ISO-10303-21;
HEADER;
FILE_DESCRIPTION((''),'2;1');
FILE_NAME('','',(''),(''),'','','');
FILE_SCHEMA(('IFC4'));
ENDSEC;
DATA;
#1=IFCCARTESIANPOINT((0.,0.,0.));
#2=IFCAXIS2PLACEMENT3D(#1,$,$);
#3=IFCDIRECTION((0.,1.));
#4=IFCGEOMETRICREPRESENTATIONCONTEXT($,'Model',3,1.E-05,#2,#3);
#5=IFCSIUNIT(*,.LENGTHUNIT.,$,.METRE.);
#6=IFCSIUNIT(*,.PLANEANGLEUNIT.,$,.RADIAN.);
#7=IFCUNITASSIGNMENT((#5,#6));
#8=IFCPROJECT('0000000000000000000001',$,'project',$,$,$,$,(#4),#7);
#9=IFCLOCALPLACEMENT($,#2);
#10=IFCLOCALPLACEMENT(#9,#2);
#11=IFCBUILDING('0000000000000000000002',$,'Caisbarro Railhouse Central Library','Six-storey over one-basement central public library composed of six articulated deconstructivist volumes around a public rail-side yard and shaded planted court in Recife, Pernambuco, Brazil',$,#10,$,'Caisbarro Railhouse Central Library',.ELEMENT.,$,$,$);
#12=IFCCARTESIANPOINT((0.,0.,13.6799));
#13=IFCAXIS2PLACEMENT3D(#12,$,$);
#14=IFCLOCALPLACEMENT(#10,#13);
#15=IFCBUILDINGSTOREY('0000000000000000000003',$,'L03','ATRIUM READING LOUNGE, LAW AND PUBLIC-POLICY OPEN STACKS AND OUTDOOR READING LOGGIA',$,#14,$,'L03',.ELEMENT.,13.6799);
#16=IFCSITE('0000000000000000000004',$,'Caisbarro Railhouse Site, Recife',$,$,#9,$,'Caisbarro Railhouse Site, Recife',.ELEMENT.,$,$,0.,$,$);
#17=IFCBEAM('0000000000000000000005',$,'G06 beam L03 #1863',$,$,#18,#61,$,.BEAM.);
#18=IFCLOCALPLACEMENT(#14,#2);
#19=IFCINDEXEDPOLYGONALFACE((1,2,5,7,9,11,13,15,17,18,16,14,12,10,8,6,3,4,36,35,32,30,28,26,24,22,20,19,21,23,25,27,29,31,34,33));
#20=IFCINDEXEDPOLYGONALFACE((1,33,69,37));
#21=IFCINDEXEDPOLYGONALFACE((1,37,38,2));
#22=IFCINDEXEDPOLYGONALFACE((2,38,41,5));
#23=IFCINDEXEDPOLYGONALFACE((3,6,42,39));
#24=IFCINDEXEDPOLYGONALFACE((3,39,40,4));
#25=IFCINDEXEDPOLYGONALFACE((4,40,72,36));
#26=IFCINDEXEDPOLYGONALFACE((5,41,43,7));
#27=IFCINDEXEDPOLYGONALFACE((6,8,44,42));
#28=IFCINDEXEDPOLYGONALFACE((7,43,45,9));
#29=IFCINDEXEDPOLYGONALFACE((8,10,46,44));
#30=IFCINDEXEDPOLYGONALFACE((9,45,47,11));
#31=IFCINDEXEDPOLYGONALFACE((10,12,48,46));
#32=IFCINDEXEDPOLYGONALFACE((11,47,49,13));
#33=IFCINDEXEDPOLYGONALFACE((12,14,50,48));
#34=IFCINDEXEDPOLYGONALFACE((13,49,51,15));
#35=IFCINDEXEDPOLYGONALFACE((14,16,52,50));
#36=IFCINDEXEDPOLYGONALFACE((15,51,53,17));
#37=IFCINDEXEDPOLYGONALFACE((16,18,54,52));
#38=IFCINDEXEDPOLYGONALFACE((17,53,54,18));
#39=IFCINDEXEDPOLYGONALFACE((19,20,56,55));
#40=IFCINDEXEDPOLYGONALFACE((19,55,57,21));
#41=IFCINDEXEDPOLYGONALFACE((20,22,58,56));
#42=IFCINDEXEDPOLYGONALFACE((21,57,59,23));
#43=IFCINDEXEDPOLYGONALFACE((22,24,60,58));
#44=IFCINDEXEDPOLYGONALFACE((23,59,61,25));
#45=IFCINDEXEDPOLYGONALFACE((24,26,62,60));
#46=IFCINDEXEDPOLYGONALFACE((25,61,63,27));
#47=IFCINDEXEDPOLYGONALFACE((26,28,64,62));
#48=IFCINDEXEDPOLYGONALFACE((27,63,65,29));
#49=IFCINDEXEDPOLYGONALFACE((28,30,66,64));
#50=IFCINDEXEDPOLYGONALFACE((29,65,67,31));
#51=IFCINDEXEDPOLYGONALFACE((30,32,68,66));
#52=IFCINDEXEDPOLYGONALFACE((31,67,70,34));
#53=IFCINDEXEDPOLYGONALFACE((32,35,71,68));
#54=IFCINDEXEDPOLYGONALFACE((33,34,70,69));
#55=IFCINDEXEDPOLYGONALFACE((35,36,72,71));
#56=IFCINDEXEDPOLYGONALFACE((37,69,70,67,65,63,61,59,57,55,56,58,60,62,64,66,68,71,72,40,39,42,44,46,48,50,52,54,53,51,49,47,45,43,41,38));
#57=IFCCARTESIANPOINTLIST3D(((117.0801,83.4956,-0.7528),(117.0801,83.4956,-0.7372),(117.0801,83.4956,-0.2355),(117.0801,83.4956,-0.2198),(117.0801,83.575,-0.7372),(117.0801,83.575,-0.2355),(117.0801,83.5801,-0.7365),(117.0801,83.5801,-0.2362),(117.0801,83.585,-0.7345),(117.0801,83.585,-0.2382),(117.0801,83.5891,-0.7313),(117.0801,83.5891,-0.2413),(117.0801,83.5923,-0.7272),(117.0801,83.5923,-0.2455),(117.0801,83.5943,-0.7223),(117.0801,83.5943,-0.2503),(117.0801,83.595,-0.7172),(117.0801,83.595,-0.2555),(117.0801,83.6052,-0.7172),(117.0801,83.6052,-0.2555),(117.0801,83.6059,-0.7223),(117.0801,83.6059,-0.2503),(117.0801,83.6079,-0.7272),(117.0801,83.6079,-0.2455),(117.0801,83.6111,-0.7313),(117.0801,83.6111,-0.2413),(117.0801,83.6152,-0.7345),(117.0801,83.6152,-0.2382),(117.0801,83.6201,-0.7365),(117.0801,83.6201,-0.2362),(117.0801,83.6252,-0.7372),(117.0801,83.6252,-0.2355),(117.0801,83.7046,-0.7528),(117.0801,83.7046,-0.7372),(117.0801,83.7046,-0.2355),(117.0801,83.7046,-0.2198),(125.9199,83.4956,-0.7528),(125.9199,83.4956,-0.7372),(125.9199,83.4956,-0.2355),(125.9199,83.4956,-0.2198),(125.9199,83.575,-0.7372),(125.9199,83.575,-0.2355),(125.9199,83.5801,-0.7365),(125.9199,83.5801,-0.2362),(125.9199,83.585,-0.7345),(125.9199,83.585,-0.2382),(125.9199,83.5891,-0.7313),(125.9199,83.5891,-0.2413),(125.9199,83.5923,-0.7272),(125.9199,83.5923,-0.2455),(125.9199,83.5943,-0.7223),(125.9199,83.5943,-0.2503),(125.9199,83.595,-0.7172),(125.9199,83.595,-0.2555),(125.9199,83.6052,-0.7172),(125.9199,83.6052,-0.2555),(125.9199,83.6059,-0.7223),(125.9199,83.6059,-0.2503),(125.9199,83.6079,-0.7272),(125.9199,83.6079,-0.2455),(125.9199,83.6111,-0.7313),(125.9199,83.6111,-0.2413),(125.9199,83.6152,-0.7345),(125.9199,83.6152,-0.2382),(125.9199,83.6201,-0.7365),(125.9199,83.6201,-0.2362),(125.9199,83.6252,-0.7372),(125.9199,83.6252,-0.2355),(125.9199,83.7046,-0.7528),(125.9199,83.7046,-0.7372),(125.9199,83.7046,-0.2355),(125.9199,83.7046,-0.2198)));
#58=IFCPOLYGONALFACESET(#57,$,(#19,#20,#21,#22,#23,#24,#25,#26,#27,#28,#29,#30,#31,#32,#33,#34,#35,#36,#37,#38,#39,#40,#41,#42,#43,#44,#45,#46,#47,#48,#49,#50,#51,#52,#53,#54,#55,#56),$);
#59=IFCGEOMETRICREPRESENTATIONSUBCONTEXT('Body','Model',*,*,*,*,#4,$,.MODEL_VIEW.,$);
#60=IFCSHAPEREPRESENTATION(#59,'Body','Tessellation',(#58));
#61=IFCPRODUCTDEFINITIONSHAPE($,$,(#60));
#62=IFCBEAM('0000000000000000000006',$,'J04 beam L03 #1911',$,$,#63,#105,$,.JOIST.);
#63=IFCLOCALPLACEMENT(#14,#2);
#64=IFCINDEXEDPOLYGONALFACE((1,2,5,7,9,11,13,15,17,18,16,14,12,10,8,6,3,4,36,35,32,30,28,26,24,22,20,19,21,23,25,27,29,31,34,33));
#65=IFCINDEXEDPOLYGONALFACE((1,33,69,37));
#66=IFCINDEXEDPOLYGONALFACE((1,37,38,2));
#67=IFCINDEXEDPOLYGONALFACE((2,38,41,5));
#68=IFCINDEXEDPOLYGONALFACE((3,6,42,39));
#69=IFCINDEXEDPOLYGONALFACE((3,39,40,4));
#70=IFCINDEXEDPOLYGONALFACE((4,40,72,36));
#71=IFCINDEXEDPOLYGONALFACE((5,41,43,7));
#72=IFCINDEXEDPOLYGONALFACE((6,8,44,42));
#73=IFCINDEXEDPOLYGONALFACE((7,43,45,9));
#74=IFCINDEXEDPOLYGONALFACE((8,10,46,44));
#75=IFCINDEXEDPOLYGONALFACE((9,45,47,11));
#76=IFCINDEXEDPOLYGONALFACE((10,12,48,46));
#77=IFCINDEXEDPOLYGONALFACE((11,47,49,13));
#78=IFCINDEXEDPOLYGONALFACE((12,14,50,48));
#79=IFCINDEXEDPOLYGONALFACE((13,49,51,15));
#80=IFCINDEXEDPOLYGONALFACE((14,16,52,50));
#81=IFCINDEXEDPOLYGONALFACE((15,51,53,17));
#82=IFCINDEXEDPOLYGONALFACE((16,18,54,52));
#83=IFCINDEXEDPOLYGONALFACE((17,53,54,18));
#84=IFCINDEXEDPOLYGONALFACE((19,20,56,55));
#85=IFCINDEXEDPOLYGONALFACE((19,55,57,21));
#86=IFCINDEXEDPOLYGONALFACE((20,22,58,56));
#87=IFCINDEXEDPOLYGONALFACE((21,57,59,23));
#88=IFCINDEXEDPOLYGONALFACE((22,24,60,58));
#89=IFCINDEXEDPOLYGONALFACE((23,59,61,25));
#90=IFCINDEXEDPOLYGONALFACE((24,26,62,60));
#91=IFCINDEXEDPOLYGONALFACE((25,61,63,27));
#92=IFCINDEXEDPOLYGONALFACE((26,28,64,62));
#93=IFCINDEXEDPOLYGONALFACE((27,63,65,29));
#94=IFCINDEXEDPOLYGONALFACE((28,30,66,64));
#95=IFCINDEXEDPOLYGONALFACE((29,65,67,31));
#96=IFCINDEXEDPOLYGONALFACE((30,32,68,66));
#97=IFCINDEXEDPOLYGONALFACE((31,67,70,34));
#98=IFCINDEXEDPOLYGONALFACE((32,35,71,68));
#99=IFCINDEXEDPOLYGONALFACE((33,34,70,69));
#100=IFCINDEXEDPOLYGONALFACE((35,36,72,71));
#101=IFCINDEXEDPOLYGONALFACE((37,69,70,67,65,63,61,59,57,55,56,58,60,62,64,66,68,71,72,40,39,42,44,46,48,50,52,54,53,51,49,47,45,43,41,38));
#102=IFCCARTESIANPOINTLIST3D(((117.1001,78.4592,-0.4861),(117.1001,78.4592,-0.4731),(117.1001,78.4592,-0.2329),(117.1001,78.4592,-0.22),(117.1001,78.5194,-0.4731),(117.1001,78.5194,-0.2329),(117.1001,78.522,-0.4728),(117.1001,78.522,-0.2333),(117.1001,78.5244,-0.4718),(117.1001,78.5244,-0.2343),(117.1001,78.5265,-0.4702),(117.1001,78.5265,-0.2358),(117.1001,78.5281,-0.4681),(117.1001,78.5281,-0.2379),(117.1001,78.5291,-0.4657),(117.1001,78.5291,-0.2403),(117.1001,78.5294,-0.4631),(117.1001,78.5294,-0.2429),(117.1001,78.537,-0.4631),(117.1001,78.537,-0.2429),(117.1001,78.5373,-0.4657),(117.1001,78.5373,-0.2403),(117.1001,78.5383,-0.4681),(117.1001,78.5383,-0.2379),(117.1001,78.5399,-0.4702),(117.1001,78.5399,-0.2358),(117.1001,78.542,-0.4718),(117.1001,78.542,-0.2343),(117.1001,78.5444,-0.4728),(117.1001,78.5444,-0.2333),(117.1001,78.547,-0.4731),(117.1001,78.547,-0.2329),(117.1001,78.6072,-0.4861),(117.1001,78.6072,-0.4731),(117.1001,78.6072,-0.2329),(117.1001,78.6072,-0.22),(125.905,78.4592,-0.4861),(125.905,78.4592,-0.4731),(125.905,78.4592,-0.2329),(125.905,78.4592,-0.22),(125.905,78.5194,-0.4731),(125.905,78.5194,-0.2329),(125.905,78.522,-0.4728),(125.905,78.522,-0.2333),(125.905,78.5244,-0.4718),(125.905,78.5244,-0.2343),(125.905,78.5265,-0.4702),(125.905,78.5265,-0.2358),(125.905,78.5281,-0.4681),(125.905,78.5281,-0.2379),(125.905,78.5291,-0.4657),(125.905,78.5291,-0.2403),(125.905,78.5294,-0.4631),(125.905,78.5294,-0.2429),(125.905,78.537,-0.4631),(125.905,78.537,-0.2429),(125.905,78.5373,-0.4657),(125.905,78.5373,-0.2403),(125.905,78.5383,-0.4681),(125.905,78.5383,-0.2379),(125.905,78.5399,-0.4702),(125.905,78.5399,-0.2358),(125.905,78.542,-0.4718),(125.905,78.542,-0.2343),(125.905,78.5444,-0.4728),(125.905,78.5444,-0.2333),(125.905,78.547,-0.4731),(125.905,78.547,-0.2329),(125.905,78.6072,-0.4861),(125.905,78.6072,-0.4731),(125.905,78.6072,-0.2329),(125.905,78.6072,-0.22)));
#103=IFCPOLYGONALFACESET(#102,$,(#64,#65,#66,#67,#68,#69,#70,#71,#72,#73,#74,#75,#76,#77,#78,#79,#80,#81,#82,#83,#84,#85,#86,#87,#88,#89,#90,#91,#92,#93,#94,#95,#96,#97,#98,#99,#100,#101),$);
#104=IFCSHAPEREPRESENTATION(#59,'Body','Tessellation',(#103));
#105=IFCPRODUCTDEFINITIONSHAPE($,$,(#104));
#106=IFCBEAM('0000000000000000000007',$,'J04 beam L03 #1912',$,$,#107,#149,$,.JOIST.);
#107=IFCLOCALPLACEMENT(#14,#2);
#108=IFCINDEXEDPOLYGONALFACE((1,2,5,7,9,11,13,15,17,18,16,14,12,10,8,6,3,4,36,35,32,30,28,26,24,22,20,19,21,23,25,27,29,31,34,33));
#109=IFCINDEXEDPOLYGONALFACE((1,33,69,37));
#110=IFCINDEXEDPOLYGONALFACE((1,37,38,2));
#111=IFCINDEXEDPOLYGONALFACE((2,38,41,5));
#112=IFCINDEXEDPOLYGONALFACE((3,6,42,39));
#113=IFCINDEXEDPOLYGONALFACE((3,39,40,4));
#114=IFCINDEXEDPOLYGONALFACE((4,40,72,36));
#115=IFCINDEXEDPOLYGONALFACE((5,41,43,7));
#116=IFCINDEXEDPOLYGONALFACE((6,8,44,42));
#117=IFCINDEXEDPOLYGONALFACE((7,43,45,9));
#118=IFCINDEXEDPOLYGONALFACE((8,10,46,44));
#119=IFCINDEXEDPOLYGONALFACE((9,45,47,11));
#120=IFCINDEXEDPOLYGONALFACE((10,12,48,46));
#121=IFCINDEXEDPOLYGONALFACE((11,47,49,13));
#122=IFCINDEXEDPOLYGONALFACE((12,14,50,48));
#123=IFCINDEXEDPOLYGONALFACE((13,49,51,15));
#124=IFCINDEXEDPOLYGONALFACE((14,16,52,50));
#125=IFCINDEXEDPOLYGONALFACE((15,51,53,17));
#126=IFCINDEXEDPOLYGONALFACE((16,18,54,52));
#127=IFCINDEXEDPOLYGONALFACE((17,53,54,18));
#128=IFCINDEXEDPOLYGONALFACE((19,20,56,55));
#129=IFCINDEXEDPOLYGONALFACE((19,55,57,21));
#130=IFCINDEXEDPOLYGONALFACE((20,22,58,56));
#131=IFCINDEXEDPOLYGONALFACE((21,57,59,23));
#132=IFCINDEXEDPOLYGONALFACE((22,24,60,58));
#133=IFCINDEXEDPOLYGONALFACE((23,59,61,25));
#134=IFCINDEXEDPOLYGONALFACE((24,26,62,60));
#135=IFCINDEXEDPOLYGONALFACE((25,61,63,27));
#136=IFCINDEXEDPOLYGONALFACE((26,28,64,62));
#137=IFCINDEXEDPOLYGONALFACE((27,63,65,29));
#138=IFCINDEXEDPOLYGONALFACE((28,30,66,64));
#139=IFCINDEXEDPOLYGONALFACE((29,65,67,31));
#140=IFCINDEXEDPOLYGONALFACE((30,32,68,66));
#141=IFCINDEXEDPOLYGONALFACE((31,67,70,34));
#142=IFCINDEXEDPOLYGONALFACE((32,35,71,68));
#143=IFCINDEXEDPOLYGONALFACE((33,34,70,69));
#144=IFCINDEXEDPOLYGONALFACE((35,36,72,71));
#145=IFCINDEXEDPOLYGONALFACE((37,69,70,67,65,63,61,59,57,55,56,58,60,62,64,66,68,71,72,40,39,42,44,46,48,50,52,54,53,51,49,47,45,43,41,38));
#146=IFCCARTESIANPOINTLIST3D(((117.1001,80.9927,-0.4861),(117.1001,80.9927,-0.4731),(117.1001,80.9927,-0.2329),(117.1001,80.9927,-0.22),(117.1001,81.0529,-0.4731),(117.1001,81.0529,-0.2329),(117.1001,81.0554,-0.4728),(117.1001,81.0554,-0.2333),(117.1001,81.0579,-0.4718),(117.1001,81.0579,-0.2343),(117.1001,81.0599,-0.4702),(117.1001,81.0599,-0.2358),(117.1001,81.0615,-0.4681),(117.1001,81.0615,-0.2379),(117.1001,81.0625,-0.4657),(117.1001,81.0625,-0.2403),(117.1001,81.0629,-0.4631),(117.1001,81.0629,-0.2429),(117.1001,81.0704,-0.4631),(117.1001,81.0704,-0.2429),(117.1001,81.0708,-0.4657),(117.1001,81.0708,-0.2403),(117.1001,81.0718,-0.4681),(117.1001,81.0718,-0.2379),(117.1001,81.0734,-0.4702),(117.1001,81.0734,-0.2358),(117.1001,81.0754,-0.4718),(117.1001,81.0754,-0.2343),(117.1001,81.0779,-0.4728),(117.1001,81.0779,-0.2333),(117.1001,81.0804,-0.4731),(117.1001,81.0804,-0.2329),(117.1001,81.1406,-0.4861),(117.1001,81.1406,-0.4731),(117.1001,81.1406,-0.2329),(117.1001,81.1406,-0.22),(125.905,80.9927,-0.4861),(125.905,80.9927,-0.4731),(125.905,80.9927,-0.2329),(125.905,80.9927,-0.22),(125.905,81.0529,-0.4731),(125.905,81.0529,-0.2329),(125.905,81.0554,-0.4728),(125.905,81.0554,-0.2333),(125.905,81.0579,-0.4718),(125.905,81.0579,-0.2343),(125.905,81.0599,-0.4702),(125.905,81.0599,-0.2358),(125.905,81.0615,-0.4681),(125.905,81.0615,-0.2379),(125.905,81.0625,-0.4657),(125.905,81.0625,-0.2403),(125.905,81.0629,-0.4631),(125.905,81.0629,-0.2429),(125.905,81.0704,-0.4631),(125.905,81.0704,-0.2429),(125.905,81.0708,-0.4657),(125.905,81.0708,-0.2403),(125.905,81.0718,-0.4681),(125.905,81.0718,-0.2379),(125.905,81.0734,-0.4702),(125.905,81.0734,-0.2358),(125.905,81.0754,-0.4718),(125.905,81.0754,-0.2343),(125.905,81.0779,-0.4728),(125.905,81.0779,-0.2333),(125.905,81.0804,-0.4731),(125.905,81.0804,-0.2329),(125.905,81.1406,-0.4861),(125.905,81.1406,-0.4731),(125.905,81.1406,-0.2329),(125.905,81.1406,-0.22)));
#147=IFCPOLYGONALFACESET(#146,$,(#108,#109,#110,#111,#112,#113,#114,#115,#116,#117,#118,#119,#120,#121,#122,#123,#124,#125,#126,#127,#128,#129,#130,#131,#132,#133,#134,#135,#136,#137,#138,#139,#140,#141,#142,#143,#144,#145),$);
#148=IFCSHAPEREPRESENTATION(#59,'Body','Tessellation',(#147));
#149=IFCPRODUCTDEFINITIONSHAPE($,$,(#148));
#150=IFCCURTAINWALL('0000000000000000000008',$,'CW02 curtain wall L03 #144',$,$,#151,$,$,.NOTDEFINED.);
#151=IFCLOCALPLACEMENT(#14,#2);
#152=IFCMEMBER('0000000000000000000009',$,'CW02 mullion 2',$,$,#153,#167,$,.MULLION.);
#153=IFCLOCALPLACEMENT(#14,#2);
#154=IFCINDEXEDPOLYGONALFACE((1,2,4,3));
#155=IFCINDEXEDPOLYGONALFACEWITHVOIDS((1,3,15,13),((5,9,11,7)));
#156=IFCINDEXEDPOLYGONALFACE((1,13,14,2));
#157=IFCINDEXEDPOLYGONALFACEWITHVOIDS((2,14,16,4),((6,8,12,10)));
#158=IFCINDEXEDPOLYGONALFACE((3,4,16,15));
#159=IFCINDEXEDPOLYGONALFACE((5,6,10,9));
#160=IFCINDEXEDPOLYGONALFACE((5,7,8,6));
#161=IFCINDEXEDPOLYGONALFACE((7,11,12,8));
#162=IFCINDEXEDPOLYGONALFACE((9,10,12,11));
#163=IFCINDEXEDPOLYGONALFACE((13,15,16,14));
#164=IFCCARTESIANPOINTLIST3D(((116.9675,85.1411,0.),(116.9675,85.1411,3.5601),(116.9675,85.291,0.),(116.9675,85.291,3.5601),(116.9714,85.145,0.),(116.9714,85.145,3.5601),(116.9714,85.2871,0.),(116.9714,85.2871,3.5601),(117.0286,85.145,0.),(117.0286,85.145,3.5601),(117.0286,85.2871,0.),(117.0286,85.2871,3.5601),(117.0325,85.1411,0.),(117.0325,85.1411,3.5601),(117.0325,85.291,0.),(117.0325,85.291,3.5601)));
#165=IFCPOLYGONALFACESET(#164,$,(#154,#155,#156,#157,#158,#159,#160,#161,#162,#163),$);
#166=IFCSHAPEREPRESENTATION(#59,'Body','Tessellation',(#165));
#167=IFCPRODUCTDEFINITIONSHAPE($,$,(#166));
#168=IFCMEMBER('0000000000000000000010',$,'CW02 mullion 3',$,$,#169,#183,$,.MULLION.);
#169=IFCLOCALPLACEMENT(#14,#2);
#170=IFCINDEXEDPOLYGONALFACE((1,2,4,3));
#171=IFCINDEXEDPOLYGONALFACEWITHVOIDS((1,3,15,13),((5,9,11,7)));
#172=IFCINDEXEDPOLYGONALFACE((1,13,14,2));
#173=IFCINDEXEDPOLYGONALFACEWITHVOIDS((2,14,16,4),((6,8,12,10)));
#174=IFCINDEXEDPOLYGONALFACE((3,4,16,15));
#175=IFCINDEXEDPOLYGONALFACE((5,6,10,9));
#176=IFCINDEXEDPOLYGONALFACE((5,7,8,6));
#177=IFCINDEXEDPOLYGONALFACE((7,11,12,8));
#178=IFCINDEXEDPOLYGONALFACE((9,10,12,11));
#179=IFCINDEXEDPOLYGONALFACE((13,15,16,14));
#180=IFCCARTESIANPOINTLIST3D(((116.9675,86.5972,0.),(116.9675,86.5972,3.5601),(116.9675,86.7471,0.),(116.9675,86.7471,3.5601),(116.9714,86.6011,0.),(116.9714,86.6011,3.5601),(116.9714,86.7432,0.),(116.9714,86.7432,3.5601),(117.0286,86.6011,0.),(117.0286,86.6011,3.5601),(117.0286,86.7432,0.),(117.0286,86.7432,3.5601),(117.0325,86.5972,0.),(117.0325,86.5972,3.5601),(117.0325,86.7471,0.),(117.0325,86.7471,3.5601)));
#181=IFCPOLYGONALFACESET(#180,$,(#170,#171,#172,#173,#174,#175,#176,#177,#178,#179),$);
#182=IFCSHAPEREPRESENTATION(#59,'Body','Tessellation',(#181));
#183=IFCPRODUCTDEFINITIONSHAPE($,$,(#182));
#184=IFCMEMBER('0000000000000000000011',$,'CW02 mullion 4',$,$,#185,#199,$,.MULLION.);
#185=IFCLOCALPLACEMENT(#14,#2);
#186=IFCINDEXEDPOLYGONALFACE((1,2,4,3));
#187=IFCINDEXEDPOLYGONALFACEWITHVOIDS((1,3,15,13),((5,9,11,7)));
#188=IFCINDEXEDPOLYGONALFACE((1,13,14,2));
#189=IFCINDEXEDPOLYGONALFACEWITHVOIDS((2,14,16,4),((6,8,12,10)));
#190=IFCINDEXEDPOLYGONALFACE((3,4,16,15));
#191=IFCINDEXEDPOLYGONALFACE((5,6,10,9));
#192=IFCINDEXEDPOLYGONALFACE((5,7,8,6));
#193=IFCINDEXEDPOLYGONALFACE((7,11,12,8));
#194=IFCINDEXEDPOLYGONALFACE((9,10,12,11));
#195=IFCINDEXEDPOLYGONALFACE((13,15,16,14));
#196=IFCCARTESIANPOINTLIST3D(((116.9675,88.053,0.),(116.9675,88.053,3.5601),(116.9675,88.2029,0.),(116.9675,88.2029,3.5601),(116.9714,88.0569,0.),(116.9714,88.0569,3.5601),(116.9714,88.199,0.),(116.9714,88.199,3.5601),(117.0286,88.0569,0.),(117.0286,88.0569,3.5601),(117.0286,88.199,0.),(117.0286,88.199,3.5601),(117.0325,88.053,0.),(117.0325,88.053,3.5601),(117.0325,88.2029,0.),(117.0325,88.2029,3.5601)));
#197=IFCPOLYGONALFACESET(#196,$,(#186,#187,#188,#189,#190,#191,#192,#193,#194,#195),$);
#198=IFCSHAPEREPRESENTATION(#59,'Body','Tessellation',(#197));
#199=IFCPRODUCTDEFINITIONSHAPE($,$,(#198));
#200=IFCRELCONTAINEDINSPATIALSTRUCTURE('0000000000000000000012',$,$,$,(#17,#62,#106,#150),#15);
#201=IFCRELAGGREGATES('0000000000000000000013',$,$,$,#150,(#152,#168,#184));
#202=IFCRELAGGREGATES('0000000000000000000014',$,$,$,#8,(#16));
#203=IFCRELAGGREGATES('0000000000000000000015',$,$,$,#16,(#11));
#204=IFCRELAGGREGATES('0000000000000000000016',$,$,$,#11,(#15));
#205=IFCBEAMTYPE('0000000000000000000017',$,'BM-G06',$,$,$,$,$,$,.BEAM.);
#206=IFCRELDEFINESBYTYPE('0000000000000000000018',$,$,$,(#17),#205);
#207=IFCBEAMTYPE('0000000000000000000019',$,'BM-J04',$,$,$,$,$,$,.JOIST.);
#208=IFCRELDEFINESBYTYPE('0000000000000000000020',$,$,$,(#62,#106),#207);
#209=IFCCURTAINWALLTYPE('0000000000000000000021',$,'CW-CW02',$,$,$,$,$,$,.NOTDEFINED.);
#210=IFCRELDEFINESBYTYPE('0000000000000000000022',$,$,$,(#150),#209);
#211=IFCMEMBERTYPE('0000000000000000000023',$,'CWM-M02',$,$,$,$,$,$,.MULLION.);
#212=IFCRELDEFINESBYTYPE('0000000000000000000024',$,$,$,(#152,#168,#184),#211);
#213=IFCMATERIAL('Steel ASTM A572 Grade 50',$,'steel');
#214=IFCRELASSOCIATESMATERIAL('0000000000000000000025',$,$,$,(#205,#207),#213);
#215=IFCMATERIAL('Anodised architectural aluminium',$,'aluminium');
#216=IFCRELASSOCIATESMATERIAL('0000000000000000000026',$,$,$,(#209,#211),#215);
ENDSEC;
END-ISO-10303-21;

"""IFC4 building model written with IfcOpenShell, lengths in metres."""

from ifc_helpers import new_model, si_unit, direction, frame, origin, origin_2d, place, context, subcontext, project, spatial, hollow_rectangle, i_section, extrude, material, material_profile, profile_set, type_object, element, aggregate, save


model = new_model("IFC4")

# Units and contexts
model_context = context("Model", 3, precision=1e-05, world=origin(), true_north=direction((0.0, 1.0)))
body_context = subcontext(model_context, "Body", "Model", "MODEL_VIEW")
ifc_project = project(units=[si_unit("LENGTHUNIT", "METRE"), si_unit("PLANEANGLEUNIT", "RADIAN")], contexts=[model_context])

# Site, building, storey
site_placement = place(None, origin())
site = spatial("IfcSite", under=ifc_project, at=site_placement, Name="Caisbarro Railhouse Site, Recife", LongName="Caisbarro Railhouse Site, Recife", CompositionType="ELEMENT", RefElevation=0.0)
building_placement = place(site_placement, origin())
building = spatial("IfcBuilding", under=site, at=building_placement, Name="Caisbarro Railhouse Central Library", Description="Six-storey over one-basement central public library composed of six articulated deconstructivist volumes around a public rail-side yard and shaded planted court in Recife, Pernambuco, Brazil", LongName="Caisbarro Railhouse Central Library", CompositionType="ELEMENT")
storey_placement = place(building_placement, frame((0.0, 0.0, 13.6799)))
storey = spatial("IfcBuildingStorey", under=building, at=storey_placement, Name="L03", Description="ATRIUM READING LOUNGE, LAW AND PUBLIC-POLICY OPEN STACKS AND OUTDOOR READING LOGGIA", LongName="L03", CompositionType="ELEMENT", Elevation=13.6799)

# Beams
ifc_material_1 = material(Name="Steel ASTM A572 Grade 50", Category="steel")
ifc_material_profile_1 = material_profile(ifc_material_1, i_section(OverallWidth=0.209, OverallDepth=0.533, WebThickness=0.0103, FlangeThickness=0.0156, FilletRadius=0.02, at=origin_2d()), Name="W530X92.0")
ifc_profile_set_1 = profile_set([ifc_material_profile_1], Name="Steel ASTM A572 Grade 50")
beam_type_1 = type_object("IfcBeamType", Name="BM-G06", PredefinedType="BEAM", material=ifc_profile_set_1)
beam_placement = place(storey_placement, frame((117.0801, 83.6001, -0.4863), z_axis=(1.0, 0.0, 0.0), x_axis=(0.0, 1.0, 0.0)))
element("IfcBeam", 1, at=beam_placement, inside=storey, type_object=beam_type_1, Name="G06 beam L03 #1863", PredefinedType="BEAM", context=body_context, shape_type="SweptSolid", body=[
    extrude(i_section(OverallWidth=0.209, OverallDepth=0.533, WebThickness=0.0103, FlangeThickness=0.0156, FilletRadius=0.02, at=origin_2d()), origin(), (0.0, 0.0, 1.0), 8.8398),
])
ifc_material_profile_2 = material_profile(ifc_material_1, i_section(OverallWidth=0.1479, OverallDepth=0.2661, WebThickness=0.0076, FlangeThickness=0.0129, FilletRadius=0.01, at=origin_2d()), Name="W250X44.8")
ifc_profile_set_2 = profile_set([ifc_material_profile_2], Name="Steel ASTM A572 Grade 50")
beam_type_2 = type_object("IfcBeamType", Name="BM-J04", PredefinedType="JOIST", material=ifc_profile_set_2)
for number, where, z_axis, x_axis, name in (
    (2, (117.1001, 78.5332, -0.353), (1.0, 0.0, 0.0), (0.0, 1.0, 0.0), "J04 beam L03 #1911"),
    (3, (117.1001, 81.0667, -0.353), (1.0, 0.0, 0.0), (0.0, 1.0, 0.0), "J04 beam L03 #1912"),
):
    element("IfcBeam", number, at=place(storey_placement, frame(where, z_axis=z_axis, x_axis=x_axis)), inside=storey, type_object=beam_type_2, Name=name, PredefinedType="JOIST", context=body_context, shape_type="SweptSolid", body=[
        extrude(i_section(OverallWidth=0.1479, OverallDepth=0.2661, WebThickness=0.0076, FlangeThickness=0.0129, FilletRadius=0.01, at=origin_2d()), origin(), (0.0, 0.0, 1.0), 8.8049),
    ])

# Curtain wall, members
ifc_material_2 = material(Name="Anodised architectural aluminium", Category="aluminium")
curtain_wall_type = type_object("IfcCurtainWallType", Name="CW-CW02", PredefinedType="NOTDEFINED", material=ifc_material_2)
curtain_wall_placement = place(storey_placement, origin())
curtain_wall = element("IfcCurtainWall", 4, at=curtain_wall_placement, inside=storey, type_object=curtain_wall_type, Name="CW02 curtain wall L03 #144", PredefinedType="NOTDEFINED")
ifc_material_profile_3 = material_profile(ifc_material_2, hollow_rectangle(XDim=0.0649, YDim=0.1499, WallThickness=0.0039, at=origin_2d()), Name="ALU-MUL-65X150")
ifc_profile_set_3 = profile_set([ifc_material_profile_3], Name="Anodised architectural aluminium")
member_type_1 = type_object("IfcMemberType", Name="CWM-M02", PredefinedType="MULLION", material=ifc_profile_set_3)
member_1_placement = place(storey_placement, frame((117.0, 85.2161, 0.0), z_axis=(0.0, 0.0, 1.0), x_axis=(-1.0, 0.0, 0.0)))
member_1 = element("IfcMember", 5, at=member_1_placement, type_object=member_type_1, Name="CW02 mullion 2", PredefinedType="MULLION", context=body_context, shape_type="SweptSolid", body=[
    extrude(hollow_rectangle(XDim=0.0649, YDim=0.1499, WallThickness=0.0039, at=origin_2d()), origin(), (0.0, 0.0, 1.0), 3.5601),
])
member_2_placement = place(storey_placement, frame((117.0, 86.6721, 0.0), z_axis=(0.0, 0.0, 1.0), x_axis=(-1.0, 0.0, 0.0)))
member_2 = element("IfcMember", 6, at=member_2_placement, type_object=member_type_1, Name="CW02 mullion 3", PredefinedType="MULLION", context=body_context, shape_type="SweptSolid", body=[
    extrude(hollow_rectangle(XDim=0.0649, YDim=0.1499, WallThickness=0.0039, at=origin_2d()), origin(), (0.0, 0.0, 1.0), 3.5601),
])
member_3_placement = place(storey_placement, frame((117.0, 88.1279, 0.0), z_axis=(0.0, 0.0, 1.0), x_axis=(-1.0, 0.0, 0.0)))
member_3 = element("IfcMember", 7, at=member_3_placement, type_object=member_type_1, Name="CW02 mullion 4", PredefinedType="MULLION", context=body_context, shape_type="SweptSolid", body=[
    extrude(hollow_rectangle(XDim=0.0649, YDim=0.1499, WallThickness=0.0039, at=origin_2d()), origin(), (0.0, 0.0, 1.0), 3.5601),
])
aggregate(curtain_wall, [member_1, member_2, member_3])

save(model, "model.ifc")
